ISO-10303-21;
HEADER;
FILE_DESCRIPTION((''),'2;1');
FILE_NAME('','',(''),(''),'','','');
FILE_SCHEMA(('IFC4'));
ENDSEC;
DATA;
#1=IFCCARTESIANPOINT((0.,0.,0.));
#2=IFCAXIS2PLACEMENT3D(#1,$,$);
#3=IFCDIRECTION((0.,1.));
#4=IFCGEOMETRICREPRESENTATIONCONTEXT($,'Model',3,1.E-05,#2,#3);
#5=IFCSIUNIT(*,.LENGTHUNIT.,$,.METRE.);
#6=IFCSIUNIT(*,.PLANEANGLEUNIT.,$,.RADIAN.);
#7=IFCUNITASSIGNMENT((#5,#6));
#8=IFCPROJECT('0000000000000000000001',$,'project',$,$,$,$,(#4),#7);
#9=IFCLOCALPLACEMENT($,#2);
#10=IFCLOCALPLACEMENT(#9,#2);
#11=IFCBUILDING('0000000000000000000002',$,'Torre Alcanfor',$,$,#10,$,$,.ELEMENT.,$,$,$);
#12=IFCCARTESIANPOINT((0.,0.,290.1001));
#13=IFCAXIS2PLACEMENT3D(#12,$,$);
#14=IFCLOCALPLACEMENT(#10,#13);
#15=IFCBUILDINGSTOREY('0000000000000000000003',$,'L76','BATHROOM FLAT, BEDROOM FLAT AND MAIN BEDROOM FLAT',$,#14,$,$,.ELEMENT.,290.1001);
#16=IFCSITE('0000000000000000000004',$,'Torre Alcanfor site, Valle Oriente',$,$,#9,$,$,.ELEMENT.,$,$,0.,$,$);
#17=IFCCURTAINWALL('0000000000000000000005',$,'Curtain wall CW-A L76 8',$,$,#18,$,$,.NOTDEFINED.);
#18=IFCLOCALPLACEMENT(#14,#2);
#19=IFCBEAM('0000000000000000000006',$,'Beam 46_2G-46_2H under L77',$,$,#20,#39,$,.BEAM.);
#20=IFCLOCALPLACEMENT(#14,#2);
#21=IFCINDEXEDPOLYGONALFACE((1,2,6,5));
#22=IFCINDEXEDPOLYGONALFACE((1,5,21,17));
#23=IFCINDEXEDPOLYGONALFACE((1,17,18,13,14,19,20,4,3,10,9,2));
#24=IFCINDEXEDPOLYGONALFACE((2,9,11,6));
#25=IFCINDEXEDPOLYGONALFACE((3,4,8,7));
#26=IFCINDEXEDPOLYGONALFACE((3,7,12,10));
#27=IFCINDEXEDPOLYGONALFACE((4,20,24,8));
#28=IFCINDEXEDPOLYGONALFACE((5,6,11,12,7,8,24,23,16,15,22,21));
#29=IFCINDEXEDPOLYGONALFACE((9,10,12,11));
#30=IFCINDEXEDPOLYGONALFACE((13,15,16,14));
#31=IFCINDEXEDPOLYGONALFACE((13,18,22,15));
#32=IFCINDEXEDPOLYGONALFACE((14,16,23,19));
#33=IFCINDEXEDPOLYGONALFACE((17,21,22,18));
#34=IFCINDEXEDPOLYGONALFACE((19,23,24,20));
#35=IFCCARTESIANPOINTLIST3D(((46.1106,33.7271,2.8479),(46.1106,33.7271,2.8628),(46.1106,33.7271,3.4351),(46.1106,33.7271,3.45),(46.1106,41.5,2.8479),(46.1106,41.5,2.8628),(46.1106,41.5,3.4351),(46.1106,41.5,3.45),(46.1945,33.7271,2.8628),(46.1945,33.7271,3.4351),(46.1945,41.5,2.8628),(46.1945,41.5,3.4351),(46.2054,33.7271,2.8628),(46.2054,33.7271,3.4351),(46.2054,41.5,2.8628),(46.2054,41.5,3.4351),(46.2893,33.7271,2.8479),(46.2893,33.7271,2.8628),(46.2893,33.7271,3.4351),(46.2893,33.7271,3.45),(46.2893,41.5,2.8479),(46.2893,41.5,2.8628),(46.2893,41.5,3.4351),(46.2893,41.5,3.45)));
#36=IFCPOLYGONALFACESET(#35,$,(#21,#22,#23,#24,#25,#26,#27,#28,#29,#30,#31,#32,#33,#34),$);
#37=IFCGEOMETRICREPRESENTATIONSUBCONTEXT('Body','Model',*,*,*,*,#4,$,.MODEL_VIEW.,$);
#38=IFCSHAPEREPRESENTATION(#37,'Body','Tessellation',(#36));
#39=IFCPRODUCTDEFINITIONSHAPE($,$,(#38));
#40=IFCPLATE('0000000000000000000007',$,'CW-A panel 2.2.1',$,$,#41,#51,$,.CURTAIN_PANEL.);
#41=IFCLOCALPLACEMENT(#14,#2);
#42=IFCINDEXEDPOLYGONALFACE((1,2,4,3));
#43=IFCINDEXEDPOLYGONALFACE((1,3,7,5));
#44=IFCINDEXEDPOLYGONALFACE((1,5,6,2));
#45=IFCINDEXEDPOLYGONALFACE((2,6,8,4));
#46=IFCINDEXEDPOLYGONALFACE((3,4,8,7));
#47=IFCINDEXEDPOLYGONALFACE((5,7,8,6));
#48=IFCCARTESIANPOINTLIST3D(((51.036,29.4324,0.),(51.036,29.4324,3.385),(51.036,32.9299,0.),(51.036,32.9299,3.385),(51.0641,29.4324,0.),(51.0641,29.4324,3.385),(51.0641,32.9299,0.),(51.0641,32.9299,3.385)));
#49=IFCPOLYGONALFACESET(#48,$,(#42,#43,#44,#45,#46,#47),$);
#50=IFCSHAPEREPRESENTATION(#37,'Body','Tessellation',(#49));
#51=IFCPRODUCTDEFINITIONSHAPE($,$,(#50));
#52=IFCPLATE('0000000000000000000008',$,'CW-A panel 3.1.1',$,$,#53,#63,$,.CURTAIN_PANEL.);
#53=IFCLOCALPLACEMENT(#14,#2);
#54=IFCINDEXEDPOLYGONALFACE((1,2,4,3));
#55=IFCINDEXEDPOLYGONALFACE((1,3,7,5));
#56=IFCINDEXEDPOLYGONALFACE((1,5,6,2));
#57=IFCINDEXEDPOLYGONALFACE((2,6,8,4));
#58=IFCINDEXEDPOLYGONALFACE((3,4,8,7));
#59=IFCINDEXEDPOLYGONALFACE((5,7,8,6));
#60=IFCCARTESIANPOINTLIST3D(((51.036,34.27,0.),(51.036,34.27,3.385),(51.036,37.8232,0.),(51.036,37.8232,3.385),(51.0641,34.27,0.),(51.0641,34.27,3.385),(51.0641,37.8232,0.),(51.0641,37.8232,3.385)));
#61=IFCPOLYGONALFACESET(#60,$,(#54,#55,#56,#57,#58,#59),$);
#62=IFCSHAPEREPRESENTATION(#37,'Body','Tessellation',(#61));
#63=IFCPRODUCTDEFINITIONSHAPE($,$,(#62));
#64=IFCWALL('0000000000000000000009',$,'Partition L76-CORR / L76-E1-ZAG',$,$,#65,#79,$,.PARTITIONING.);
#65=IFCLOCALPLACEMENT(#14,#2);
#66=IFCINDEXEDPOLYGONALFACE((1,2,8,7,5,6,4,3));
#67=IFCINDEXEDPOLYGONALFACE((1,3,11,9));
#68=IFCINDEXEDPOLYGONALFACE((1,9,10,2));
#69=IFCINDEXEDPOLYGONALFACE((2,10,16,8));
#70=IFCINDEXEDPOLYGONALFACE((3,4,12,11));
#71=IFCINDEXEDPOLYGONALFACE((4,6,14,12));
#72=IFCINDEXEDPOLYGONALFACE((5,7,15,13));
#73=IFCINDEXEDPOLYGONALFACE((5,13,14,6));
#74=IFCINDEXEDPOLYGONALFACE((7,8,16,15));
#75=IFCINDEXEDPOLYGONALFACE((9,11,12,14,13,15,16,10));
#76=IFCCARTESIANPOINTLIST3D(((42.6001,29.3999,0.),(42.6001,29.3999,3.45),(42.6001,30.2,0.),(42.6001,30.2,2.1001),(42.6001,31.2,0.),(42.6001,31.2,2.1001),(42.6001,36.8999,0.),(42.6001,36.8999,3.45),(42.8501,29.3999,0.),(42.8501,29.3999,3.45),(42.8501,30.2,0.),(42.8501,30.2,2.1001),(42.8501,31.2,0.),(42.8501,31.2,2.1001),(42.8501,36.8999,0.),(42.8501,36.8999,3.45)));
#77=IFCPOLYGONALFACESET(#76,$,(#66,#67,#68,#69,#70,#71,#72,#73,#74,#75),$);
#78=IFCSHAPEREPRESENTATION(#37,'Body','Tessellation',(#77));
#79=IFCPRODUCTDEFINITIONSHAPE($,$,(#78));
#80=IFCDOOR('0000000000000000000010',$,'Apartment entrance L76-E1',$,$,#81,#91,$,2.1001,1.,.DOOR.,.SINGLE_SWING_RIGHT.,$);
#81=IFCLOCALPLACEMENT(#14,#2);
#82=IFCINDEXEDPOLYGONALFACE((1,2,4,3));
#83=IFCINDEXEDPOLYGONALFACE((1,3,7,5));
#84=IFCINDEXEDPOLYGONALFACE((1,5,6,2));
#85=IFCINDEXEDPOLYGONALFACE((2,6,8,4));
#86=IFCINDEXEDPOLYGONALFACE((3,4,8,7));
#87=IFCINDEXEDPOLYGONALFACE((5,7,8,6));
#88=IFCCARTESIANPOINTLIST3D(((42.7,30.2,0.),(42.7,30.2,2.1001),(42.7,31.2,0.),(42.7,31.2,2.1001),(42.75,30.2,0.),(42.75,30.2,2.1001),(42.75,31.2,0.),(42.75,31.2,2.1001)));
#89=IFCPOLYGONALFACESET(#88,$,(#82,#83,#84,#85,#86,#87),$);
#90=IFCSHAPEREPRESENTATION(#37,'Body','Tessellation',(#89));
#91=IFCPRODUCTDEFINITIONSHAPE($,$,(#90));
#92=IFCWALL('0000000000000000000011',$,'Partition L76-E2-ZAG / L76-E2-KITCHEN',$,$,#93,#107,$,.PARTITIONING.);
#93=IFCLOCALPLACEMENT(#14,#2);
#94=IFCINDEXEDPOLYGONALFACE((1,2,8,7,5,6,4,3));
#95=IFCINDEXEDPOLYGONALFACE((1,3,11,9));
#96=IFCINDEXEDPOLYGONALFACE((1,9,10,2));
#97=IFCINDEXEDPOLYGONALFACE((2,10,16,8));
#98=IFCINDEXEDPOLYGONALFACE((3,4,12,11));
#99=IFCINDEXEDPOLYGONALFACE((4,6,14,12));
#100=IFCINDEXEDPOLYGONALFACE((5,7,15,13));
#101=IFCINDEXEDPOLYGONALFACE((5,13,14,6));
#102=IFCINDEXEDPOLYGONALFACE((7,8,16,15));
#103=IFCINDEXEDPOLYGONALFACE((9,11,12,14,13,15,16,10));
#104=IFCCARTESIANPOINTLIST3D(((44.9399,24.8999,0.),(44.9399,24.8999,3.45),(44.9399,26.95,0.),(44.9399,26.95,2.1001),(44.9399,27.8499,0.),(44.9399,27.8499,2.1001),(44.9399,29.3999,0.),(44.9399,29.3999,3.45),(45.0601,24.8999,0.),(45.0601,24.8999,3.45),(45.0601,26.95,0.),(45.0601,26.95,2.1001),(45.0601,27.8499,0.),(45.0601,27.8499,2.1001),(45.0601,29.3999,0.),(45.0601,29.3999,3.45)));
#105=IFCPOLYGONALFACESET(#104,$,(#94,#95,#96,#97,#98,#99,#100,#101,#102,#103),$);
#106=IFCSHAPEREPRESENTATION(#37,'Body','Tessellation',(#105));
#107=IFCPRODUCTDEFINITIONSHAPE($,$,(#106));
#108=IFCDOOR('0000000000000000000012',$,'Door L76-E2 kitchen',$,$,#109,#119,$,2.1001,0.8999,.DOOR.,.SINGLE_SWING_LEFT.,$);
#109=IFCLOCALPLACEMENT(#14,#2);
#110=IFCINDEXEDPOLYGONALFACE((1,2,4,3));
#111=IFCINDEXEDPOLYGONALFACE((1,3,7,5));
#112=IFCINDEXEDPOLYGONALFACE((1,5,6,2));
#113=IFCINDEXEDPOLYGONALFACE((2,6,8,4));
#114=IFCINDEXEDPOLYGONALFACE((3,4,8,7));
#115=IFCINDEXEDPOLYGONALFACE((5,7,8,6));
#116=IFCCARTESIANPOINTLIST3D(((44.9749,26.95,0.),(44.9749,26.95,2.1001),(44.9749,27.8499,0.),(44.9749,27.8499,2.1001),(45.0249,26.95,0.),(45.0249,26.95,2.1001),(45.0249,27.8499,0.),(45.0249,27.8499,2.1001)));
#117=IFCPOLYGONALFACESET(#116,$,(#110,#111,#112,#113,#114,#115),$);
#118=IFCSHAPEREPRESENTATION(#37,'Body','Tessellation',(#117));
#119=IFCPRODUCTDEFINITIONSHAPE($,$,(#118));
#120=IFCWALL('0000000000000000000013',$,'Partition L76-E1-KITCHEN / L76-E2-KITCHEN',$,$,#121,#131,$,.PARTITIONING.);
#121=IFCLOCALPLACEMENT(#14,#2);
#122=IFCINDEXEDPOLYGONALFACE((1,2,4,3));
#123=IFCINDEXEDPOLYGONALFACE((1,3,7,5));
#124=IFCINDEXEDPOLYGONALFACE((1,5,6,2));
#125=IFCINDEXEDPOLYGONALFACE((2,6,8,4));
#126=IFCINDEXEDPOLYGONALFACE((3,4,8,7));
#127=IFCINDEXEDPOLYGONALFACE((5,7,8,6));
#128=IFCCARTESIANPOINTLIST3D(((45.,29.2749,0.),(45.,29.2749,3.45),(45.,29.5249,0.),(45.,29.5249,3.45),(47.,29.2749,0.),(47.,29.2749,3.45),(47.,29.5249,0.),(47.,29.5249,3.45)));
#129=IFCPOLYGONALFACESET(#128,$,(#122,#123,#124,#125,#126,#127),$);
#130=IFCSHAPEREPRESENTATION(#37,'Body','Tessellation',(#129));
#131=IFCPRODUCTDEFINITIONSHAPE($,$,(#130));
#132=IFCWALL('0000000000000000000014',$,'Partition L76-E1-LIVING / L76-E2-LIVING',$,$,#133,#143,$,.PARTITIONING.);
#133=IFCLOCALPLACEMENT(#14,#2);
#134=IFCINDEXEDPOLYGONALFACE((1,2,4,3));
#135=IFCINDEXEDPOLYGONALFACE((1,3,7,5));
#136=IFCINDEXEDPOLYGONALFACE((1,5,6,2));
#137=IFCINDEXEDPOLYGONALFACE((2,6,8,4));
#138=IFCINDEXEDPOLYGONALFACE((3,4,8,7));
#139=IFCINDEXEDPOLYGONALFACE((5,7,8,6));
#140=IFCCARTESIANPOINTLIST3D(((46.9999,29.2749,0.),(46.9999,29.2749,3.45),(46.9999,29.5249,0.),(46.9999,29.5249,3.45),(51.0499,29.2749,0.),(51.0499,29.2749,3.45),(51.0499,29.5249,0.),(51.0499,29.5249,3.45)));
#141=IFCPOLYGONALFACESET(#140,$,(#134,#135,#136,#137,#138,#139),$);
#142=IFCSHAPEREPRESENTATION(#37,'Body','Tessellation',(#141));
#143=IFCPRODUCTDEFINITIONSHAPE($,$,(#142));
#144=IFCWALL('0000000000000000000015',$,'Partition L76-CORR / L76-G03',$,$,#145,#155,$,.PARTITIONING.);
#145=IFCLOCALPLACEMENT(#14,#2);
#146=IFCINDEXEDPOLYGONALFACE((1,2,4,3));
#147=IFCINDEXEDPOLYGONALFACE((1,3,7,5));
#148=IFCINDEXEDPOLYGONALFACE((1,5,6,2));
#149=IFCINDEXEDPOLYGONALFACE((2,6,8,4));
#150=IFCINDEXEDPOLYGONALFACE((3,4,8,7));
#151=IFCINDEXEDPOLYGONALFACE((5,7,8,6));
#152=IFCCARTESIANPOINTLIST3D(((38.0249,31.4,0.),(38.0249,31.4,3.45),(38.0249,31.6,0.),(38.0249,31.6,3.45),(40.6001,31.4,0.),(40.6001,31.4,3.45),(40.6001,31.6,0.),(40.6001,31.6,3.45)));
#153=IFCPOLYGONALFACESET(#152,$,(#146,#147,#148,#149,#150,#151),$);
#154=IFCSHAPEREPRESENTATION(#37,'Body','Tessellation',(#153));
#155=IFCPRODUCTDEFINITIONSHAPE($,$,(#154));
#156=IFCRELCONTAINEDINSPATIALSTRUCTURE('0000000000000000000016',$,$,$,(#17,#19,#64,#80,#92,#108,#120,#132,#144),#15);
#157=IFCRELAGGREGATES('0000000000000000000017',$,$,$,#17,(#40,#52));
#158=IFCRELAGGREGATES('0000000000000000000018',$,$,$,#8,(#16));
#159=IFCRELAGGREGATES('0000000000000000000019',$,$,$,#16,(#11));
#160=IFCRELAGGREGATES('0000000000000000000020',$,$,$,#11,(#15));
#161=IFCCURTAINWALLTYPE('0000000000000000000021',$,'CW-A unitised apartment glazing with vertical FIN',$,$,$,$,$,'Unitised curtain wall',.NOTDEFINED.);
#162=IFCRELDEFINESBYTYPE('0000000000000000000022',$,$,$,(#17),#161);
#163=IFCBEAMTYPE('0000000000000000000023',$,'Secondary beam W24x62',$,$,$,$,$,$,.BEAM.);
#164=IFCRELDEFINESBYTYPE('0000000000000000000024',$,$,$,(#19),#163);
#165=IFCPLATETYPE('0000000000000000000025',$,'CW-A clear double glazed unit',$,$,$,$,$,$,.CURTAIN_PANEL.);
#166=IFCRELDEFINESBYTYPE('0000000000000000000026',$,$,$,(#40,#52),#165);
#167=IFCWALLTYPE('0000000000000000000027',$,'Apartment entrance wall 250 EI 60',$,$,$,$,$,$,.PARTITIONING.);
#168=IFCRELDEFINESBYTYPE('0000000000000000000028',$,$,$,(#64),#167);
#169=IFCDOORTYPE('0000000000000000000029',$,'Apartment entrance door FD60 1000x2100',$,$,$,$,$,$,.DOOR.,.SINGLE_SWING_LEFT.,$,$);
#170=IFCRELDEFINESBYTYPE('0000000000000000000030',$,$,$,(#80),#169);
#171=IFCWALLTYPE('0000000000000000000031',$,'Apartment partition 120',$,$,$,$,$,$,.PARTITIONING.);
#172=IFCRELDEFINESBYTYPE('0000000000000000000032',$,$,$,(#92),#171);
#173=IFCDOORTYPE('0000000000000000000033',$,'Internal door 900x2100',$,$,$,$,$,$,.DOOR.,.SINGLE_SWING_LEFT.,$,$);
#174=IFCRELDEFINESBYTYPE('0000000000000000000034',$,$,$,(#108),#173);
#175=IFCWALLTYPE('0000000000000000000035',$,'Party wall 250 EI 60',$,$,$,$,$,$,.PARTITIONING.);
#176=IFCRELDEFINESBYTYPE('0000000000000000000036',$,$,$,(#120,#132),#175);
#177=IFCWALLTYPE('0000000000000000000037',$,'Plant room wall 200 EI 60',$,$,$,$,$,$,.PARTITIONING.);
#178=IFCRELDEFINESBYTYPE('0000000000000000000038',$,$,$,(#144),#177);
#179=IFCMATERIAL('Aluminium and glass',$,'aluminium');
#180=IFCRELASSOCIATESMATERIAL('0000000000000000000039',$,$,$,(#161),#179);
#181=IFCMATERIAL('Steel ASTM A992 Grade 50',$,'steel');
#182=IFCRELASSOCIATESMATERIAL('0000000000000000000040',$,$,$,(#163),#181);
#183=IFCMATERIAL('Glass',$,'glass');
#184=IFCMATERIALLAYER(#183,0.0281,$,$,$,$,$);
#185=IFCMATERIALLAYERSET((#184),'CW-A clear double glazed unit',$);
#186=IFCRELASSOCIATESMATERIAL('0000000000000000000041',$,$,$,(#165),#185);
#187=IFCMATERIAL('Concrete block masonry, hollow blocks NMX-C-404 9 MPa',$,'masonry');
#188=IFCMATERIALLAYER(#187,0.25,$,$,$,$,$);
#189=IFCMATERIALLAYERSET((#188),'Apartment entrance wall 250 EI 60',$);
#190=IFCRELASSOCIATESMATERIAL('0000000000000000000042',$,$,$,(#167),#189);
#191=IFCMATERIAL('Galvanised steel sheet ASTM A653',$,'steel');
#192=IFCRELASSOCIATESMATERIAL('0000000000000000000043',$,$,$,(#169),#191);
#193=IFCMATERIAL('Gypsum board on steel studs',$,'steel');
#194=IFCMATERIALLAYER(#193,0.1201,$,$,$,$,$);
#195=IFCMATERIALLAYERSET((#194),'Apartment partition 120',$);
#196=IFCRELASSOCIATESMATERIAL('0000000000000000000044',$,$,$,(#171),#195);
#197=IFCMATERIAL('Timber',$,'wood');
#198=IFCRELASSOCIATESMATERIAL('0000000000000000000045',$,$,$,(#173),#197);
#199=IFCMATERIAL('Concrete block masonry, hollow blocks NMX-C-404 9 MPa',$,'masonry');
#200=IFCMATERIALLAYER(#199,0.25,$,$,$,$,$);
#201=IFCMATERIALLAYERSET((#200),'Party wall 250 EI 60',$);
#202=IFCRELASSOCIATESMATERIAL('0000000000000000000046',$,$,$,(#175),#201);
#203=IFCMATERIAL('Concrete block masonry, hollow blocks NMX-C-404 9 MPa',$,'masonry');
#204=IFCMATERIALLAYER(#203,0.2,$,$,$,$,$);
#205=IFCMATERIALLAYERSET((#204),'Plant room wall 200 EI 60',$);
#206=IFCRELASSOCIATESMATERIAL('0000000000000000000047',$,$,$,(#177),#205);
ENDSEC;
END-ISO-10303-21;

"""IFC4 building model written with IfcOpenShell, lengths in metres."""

from ifc_helpers import new_model, si_unit, direction, frame, frame_2d, origin, origin_2d, place, context, subcontext, project, spatial, rectangle, i_section, extrude, material, layer, layer_set, material_profile, profile_set, type_object, element, fill, aggregate, save


model = new_model("IFC4")

# Units and contexts
model_context = context("Model", 3, precision=1e-05, world=origin(), true_north=direction((0.0, 1.0)))
body_context = subcontext(model_context, "Body", "Model", "MODEL_VIEW")
ifc_project = project(units=[si_unit("LENGTHUNIT", "METRE"), si_unit("PLANEANGLEUNIT", "RADIAN")], contexts=[model_context])

# Site, building, storey
site_placement = place(None, origin())
site = spatial("IfcSite", under=ifc_project, at=site_placement, Name="Torre Alcanfor site, Valle Oriente", CompositionType="ELEMENT", RefElevation=0.0)
building_placement = place(site_placement, origin())
building = spatial("IfcBuilding", under=site, at=building_placement, Name="Torre Alcanfor", CompositionType="ELEMENT")
storey_placement = place(building_placement, frame((0.0, 0.0, 290.1001)))
storey = spatial("IfcBuildingStorey", under=building, at=storey_placement, Name="L76", Description="BATHROOM FLAT, BEDROOM FLAT AND MAIN BEDROOM FLAT", CompositionType="ELEMENT", Elevation=290.1001)

# Curtain wall
ifc_material_1 = material(Name="Aluminium and glass", Category="aluminium")
curtain_wall_type = type_object("IfcCurtainWallType", Name="CW-A unitised apartment glazing with vertical FIN", ElementType="Unitised curtain wall", PredefinedType="NOTDEFINED", material=ifc_material_1)
curtain_wall_placement = place(storey_placement, origin())
curtain_wall = element("IfcCurtainWall", 1, at=curtain_wall_placement, inside=storey, type_object=curtain_wall_type, Name="Curtain wall CW-A L76 8", PredefinedType="NOTDEFINED")

# Beam
ifc_material_2 = material(Name="Steel ASTM A992 Grade 50", Category="steel")
ifc_material_profile_1 = material_profile(ifc_material_2, i_section(OverallWidth=0.1787, OverallDepth=0.6021, WebThickness=0.011, FlangeThickness=0.0149, at=origin_2d()), Name="W24x62")
ifc_profile_set_1 = profile_set([ifc_material_profile_1], Name="Steel ASTM A992 Grade 50")
beam_type_1 = type_object("IfcBeamType", Name="Secondary beam W24x62", PredefinedType="BEAM", material=ifc_profile_set_1)
beam_1_placement = place(storey_placement, frame((46.2, 33.7271, 3.1489), z_axis=(0.0, 1.0, 0.0), x_axis=(-1.0, 0.0, 0.0)))
element("IfcBeam", 2, at=beam_1_placement, inside=storey, type_object=beam_type_1, Name="Beam 46_2G-46_2H under L77", PredefinedType="BEAM", context=body_context, shape_type="SweptSolid", body=[
    extrude(i_section(OverallWidth=0.1787, OverallDepth=0.6021, WebThickness=0.011, FlangeThickness=0.0149, at=origin_2d()), origin(), (0.0, 0.0, 1.0), 7.7729),
])

# Plates
ifc_material_3 = material(Name="Glass", Category="glass")
ifc_layer_1 = layer(ifc_material_3, 0.0281)
ifc_layer_set_1 = layer_set([ifc_layer_1], Name="CW-A clear double glazed unit")
plate_type = type_object("IfcPlateType", Name="CW-A clear double glazed unit", PredefinedType="CURTAIN_PANEL", material=ifc_layer_set_1)
plate_1_placement = place(storey_placement, frame((51.05, 31.1812, 0.0), z_axis=(0.0, 0.0, 1.0), x_axis=(0.0, 1.0, 0.0)))
plate_1 = element("IfcPlate", 3, at=plate_1_placement, type_object=plate_type, Name="CW-A panel 2.2.1", PredefinedType="CURTAIN_PANEL", context=body_context, shape_type="SweptSolid", body=[
    extrude(rectangle(XDim=3.4976, YDim=0.0281, at=origin_2d()), origin(), (0.0, 0.0, 1.0), 3.385),
])
plate_2_placement = place(storey_placement, frame((51.05, 36.0466, 0.0), z_axis=(0.0, 0.0, 1.0), x_axis=(0.0, 1.0, 0.0)))
plate_2 = element("IfcPlate", 4, at=plate_2_placement, type_object=plate_type, Name="CW-A panel 3.1.1", PredefinedType="CURTAIN_PANEL", context=body_context, shape_type="SweptSolid", body=[
    extrude(rectangle(XDim=3.5532, YDim=0.0281, at=origin_2d()), origin(), (0.0, 0.0, 1.0), 3.385),
])
aggregate(curtain_wall, [plate_1, plate_2])

# Walls, openings, doors
ifc_material_4 = material(Name="Concrete block masonry, hollow blocks NMX-C-404 9 MPa", Category="masonry")
ifc_layer_2 = layer(ifc_material_4, 0.25)
ifc_layer_set_2 = layer_set([ifc_layer_2], Name="Apartment entrance wall 250 EI 60")
wall_type_1 = type_object("IfcWallType", Name="Apartment entrance wall 250 EI 60", PredefinedType="PARTITIONING", material=ifc_layer_set_2)
wall_1_placement = place(storey_placement, frame((42.7251, 36.8999, 0.0), z_axis=(0.0, 0.0, 1.0), x_axis=(0.0, -1.0, 0.0)))
wall_1 = element("IfcWall", 5, at=wall_1_placement, inside=storey, type_object=wall_type_1, Name="Partition L76-CORR / L76-E1-ZAG", PredefinedType="PARTITIONING", context=body_context, shape_type="SweptSolid", body=[
    extrude(rectangle(XDim=7.5, YDim=0.25, at=frame_2d((3.75, 0.0))), origin(), (0.0, 0.0, 1.0), 3.45),
])
opening_1_placement = place(wall_1_placement, frame((5.7, 0.0, 0.0)))
opening_1 = element("IfcOpeningElement", 6, at=opening_1_placement, cuts=wall_1, PredefinedType="OPENING", context=body_context, shape_type="SweptSolid", body=[
    extrude(rectangle(XDim=1.0, YDim=2.1001, at=frame_2d((0.5, 1.05))), frame((0.0, 0.135, 0.0), z_axis=(0.0, -1.0, 0.0), x_axis=(1.0, 0.0, 0.0)), (0.0, 0.0, 1.0), 0.27),
])
ifc_material_5 = material(Name="Galvanised steel sheet ASTM A653", Category="steel")
door_type_1 = type_object("IfcDoorType", Name="Apartment entrance door FD60 1000x2100", OperationType="SINGLE_SWING_LEFT", PredefinedType="DOOR", material=ifc_material_5)
door_1_placement = place(opening_1_placement, origin())
door_1 = element("IfcDoor", 7, at=door_1_placement, inside=storey, type_object=door_type_1, Name="Apartment entrance L76-E1", OperationType="SINGLE_SWING_RIGHT", OverallHeight=2.1001, OverallWidth=1.0, PredefinedType="DOOR", context=body_context, shape_type="SweptSolid", body=[
    extrude(rectangle(XDim=1.0, YDim=2.1001, at=frame_2d((0.5, 1.05))), frame((0.0, 0.0249, 0.0), z_axis=(0.0, -1.0, 0.0), x_axis=(1.0, 0.0, 0.0)), (0.0, 0.0, 1.0), 0.05),
])
fill(opening_1, door_1)
ifc_material_6 = material(Name="Gypsum board on steel studs", Category="steel")
ifc_layer_3 = layer(ifc_material_6, 0.1201)
ifc_layer_set_3 = layer_set([ifc_layer_3], Name="Apartment partition 120")
wall_type_2 = type_object("IfcWallType", Name="Apartment partition 120", PredefinedType="PARTITIONING", material=ifc_layer_set_3)
wall_2_placement = place(storey_placement, frame((45.0, 29.3999, 0.0), z_axis=(0.0, 0.0, 1.0), x_axis=(0.0, -1.0, 0.0)))
wall_2 = element("IfcWall", 8, at=wall_2_placement, inside=storey, type_object=wall_type_2, Name="Partition L76-E2-ZAG / L76-E2-KITCHEN", PredefinedType="PARTITIONING", context=body_context, shape_type="SweptSolid", body=[
    extrude(rectangle(XDim=4.5, YDim=0.1201, at=frame_2d((2.25, 0.0))), origin(), (0.0, 0.0, 1.0), 3.45),
])
opening_2_placement = place(wall_2_placement, frame((1.55, 0.0, 0.0)))
opening_2 = element("IfcOpeningElement", 9, at=opening_2_placement, cuts=wall_2, PredefinedType="OPENING", context=body_context, shape_type="SweptSolid", body=[
    extrude(rectangle(XDim=0.8999, YDim=2.1001, at=frame_2d((0.45, 1.05))), frame((0.0, 0.0701, 0.0), z_axis=(0.0, -1.0, 0.0), x_axis=(1.0, 0.0, 0.0)), (0.0, 0.0, 1.0), 0.1401),
])
ifc_material_7 = material(Name="Timber", Category="wood")
door_type_2 = type_object("IfcDoorType", Name="Internal door 900x2100", OperationType="SINGLE_SWING_LEFT", PredefinedType="DOOR", material=ifc_material_7)
door_2_placement = place(opening_2_placement, origin())
door_2 = element("IfcDoor", 10, at=door_2_placement, inside=storey, type_object=door_type_2, Name="Door L76-E2 kitchen", OperationType="SINGLE_SWING_LEFT", OverallHeight=2.1001, OverallWidth=0.8999, PredefinedType="DOOR", context=body_context, shape_type="SweptSolid", body=[
    extrude(rectangle(XDim=0.8999, YDim=2.1001, at=frame_2d((0.45, 1.05))), frame((0.0, 0.0249, 0.0), z_axis=(0.0, -1.0, 0.0), x_axis=(1.0, 0.0, 0.0)), (0.0, 0.0, 1.0), 0.05),
])
fill(opening_2, door_2)

# Walls
ifc_material_8 = material(Name="Concrete block masonry, hollow blocks NMX-C-404 9 MPa", Category="masonry")
ifc_layer_4 = layer(ifc_material_8, 0.25)
ifc_layer_set_4 = layer_set([ifc_layer_4], Name="Party wall 250 EI 60")
wall_type_3 = type_object("IfcWallType", Name="Party wall 250 EI 60", PredefinedType="PARTITIONING", material=ifc_layer_set_4)
wall_3_placement = place(storey_placement, frame((45.0, 29.3999, 0.0), z_axis=(0.0, 0.0, 1.0), x_axis=(1.0, 0.0, 0.0)))
element("IfcWall", 11, at=wall_3_placement, inside=storey, type_object=wall_type_3, Name="Partition L76-E1-KITCHEN / L76-E2-KITCHEN", PredefinedType="PARTITIONING", context=body_context, shape_type="SweptSolid", body=[
    extrude(rectangle(XDim=2.0, YDim=0.25, at=frame_2d((1.0, 0.0))), origin(), (0.0, 0.0, 1.0), 3.45),
])
wall_4_placement = place(storey_placement, frame((47.0, 29.3999, 0.0), z_axis=(0.0, 0.0, 1.0), x_axis=(1.0, 0.0, 0.0)))
element("IfcWall", 12, at=wall_4_placement, inside=storey, type_object=wall_type_3, Name="Partition L76-E1-LIVING / L76-E2-LIVING", PredefinedType="PARTITIONING", context=body_context, shape_type="SweptSolid", body=[
    extrude(rectangle(XDim=4.05, YDim=0.25, at=frame_2d((2.0249, 0.0))), origin(), (0.0, 0.0, 1.0), 3.45),
])
ifc_material_9 = material(Name="Concrete block masonry, hollow blocks NMX-C-404 9 MPa", Category="masonry")
ifc_layer_5 = layer(ifc_material_9, 0.2)
ifc_layer_set_5 = layer_set([ifc_layer_5], Name="Plant room wall 200 EI 60")
wall_type_4 = type_object("IfcWallType", Name="Plant room wall 200 EI 60", PredefinedType="PARTITIONING", material=ifc_layer_set_5)
wall_5_placement = place(storey_placement, frame((40.6001, 31.5, 0.0), z_axis=(0.0, 0.0, 1.0), x_axis=(-1.0, 0.0, 0.0)))
element("IfcWall", 13, at=wall_5_placement, inside=storey, type_object=wall_type_4, Name="Partition L76-CORR / L76-G03", PredefinedType="PARTITIONING", context=body_context, shape_type="SweptSolid", body=[
    extrude(rectangle(XDim=2.5752, YDim=0.2, at=frame_2d((1.2876, 0.0))), origin(), (0.0, 0.0, 1.0), 3.45),
])

save(model, "model.ifc")
